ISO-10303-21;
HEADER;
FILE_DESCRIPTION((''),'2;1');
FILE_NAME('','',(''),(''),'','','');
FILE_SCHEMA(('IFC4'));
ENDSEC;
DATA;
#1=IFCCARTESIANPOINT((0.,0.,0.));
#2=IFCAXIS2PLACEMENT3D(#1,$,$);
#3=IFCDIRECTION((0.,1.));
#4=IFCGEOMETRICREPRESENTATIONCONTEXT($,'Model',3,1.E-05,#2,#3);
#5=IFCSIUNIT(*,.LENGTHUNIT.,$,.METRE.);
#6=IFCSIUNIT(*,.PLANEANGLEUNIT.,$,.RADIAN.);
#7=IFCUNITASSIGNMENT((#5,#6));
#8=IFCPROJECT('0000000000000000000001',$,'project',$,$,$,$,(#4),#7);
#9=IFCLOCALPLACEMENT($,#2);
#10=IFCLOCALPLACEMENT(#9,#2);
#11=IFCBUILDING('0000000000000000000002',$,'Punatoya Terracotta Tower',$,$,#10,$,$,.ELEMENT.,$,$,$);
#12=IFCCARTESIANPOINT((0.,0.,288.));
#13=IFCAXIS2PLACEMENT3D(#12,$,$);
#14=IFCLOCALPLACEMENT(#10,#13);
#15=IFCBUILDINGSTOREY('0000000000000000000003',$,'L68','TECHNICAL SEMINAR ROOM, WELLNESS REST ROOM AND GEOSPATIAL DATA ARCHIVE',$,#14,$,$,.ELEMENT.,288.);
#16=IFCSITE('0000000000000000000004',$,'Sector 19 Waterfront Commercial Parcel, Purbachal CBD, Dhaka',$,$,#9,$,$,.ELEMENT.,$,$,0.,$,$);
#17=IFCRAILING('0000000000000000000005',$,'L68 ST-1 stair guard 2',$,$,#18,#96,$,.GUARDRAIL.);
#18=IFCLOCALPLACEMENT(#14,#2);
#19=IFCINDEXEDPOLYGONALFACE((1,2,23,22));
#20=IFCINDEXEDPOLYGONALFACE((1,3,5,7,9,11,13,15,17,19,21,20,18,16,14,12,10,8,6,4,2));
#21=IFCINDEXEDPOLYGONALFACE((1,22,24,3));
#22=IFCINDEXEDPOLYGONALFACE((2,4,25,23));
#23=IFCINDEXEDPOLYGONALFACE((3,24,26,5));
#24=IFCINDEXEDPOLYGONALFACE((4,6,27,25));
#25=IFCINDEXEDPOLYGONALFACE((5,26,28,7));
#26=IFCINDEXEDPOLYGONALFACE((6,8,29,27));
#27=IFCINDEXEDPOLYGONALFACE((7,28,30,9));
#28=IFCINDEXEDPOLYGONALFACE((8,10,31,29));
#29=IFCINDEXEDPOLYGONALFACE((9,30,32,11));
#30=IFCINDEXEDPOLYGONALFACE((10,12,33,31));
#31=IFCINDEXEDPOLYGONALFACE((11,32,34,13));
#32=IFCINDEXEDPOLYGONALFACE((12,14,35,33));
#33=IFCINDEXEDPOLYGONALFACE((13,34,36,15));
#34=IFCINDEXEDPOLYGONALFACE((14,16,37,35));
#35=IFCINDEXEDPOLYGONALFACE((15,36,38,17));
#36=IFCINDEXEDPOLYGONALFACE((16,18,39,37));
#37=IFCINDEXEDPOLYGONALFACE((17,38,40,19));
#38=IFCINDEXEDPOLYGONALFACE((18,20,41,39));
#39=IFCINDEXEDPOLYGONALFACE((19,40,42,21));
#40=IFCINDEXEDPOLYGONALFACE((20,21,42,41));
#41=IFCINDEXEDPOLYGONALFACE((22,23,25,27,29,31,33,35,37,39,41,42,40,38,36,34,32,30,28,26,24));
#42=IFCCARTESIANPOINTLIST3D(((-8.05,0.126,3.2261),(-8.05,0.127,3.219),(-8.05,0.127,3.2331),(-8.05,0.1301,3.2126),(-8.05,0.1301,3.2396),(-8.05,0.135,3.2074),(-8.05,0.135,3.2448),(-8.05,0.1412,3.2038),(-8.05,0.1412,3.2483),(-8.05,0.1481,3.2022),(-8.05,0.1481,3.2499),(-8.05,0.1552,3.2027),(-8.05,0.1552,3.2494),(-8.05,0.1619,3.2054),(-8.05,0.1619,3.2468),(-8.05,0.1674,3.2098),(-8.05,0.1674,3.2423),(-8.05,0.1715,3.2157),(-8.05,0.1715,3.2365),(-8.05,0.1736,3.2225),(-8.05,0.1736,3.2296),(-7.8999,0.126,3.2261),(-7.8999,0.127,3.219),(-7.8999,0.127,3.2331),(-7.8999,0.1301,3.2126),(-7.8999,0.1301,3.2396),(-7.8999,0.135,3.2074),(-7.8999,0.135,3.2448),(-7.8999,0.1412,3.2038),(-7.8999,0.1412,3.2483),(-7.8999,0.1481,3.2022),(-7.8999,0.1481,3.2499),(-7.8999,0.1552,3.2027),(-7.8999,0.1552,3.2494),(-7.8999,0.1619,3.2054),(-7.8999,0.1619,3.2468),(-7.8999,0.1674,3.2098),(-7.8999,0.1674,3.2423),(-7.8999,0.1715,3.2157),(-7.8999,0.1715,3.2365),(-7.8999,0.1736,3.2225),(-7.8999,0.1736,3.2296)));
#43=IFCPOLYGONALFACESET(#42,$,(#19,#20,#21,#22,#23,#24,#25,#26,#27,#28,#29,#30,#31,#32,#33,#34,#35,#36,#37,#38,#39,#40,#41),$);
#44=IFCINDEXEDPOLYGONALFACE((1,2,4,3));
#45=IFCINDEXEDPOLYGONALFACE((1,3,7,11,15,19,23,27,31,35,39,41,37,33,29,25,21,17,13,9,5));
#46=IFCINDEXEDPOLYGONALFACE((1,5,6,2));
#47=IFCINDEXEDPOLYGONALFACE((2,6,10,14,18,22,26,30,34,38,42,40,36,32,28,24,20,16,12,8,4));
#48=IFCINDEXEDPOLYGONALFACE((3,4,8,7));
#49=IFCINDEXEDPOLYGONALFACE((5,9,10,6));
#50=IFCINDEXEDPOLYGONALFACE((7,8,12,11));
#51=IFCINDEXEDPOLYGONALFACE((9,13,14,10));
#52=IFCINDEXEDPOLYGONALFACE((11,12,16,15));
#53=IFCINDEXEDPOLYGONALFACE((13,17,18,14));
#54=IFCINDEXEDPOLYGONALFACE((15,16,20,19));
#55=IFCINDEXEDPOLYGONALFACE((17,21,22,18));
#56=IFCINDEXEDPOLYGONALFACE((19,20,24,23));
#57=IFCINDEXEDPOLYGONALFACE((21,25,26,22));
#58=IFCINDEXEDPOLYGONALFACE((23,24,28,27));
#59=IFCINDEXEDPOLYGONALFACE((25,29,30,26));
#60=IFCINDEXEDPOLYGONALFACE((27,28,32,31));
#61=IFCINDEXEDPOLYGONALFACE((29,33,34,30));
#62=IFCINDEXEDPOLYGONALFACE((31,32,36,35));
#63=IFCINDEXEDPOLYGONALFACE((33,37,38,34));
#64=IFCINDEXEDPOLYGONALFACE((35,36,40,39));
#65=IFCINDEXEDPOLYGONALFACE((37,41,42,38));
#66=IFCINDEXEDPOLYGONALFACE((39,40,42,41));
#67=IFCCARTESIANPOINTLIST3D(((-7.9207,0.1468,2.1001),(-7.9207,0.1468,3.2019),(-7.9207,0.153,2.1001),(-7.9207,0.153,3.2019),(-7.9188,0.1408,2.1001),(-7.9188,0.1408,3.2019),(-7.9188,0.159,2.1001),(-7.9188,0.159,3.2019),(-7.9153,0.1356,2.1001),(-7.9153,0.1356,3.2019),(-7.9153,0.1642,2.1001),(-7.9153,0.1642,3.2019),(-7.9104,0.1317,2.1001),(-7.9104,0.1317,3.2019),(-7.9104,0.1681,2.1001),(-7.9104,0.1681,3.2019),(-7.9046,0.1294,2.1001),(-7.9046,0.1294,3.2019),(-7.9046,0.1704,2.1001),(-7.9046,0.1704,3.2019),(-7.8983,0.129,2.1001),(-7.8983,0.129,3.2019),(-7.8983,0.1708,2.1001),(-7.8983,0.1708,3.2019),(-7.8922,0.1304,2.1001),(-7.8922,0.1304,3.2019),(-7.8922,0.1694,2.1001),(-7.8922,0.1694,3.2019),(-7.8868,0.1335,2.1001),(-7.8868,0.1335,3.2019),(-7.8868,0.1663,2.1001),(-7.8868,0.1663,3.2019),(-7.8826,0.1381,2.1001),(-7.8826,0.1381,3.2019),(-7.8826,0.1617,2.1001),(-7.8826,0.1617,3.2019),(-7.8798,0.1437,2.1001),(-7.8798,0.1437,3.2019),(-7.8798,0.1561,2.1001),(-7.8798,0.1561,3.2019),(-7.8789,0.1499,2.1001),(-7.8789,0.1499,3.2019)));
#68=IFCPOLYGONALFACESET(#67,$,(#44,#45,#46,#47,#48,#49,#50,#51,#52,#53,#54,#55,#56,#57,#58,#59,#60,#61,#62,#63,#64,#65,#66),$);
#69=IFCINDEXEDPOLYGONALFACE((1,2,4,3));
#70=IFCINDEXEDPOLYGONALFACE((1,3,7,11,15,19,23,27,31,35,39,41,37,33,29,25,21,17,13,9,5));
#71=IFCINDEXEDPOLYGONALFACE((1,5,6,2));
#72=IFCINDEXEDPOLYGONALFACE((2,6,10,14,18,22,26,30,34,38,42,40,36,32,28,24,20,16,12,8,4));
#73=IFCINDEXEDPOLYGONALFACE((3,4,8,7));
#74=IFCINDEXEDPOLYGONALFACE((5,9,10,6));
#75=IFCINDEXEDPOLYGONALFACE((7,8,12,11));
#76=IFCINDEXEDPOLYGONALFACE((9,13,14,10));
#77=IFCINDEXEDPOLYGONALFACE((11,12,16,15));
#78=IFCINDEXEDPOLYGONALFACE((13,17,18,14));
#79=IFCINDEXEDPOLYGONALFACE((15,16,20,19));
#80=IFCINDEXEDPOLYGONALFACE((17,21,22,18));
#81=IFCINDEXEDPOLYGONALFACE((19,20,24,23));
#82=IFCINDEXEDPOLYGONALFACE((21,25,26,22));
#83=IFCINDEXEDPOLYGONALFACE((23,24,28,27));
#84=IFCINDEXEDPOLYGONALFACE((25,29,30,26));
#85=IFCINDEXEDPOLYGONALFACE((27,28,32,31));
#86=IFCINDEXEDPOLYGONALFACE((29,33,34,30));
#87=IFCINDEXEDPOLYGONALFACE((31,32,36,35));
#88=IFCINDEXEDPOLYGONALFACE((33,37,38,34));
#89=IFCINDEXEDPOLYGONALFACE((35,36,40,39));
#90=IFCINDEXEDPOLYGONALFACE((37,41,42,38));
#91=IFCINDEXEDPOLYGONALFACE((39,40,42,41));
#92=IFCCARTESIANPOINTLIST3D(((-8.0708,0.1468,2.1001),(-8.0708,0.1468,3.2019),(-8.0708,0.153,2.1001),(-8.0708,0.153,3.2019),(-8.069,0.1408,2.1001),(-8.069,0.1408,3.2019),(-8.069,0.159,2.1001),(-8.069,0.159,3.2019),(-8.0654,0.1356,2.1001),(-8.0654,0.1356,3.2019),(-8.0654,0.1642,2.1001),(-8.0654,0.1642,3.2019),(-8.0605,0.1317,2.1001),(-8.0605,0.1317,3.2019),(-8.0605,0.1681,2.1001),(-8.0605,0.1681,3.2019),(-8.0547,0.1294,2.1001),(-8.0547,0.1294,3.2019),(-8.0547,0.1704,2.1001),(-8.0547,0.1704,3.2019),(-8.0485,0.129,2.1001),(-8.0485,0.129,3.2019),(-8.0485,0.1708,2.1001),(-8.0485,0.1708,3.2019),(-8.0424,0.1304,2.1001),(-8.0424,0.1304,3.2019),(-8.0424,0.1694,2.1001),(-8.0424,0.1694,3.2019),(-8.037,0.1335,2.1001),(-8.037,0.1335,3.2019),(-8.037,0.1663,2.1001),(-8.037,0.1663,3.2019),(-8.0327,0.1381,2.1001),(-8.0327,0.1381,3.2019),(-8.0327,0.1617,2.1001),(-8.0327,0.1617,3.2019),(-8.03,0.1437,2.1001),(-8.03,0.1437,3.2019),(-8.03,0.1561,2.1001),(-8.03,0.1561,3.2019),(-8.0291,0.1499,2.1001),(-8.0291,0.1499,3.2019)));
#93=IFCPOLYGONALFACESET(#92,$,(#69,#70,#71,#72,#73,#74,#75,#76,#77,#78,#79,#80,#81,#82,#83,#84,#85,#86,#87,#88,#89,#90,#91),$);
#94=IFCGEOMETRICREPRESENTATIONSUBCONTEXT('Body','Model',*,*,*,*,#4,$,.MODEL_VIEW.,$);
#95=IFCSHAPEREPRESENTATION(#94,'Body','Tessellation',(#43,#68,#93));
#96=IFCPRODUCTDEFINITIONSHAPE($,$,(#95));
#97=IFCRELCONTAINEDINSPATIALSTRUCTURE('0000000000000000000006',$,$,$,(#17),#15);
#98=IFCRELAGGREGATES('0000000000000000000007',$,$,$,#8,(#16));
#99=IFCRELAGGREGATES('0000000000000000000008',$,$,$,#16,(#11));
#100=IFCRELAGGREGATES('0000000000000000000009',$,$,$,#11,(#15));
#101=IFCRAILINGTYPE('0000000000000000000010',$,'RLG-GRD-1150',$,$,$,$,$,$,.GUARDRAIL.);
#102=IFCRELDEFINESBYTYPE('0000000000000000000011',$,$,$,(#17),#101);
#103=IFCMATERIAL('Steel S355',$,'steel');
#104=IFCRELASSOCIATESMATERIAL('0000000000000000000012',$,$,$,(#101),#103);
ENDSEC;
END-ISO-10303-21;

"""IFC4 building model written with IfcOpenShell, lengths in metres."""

from ifc_helpers import new_model, si_unit, direction, frame, origin, origin_2d, place, context, subcontext, project, spatial, circle, extrude, material, type_object, element, save


model = new_model("IFC4")

# Units and contexts
model_context = context("Model", 3, precision=1e-05, world=origin(), true_north=direction((0.0, 1.0)))
body_context = subcontext(model_context, "Body", "Model", "MODEL_VIEW")
ifc_project = project(units=[si_unit("LENGTHUNIT", "METRE"), si_unit("PLANEANGLEUNIT", "RADIAN")], contexts=[model_context])

# Site, building, storey
site_placement = place(None, origin())
site = spatial("IfcSite", under=ifc_project, at=site_placement, Name="Sector 19 Waterfront Commercial Parcel, Purbachal CBD, Dhaka", CompositionType="ELEMENT", RefElevation=0.0)
building_placement = place(site_placement, origin())
building = spatial("IfcBuilding", under=site, at=building_placement, Name="Punatoya Terracotta Tower", CompositionType="ELEMENT")
storey_placement = place(building_placement, frame((0.0, 0.0, 288.0)))
storey = spatial("IfcBuildingStorey", under=building, at=storey_placement, Name="L68", Description="TECHNICAL SEMINAR ROOM, WELLNESS REST ROOM AND GEOSPATIAL DATA ARCHIVE", CompositionType="ELEMENT", Elevation=288.0)

# Shared definitions
ifc_material_1 = material(Name="Steel S355", Category="steel")

# Railing
railing_type_1 = type_object("IfcRailingType", Name="RLG-GRD-1150", PredefinedType="GUARDRAIL", material=ifc_material_1)
railing_1_placement = place(storey_placement, frame((-7.8999, 0.1499, 2.1001)))
element("IfcRailing", 1, at=railing_1_placement, inside=storey, type_object=railing_type_1, Name="L68 ST-1 stair guard 2", PredefinedType="GUARDRAIL", context=body_context, shape_type="SweptSolid", body=[
    extrude(circle(Radius=0.0239, at=origin_2d()), frame((0.0, 0.0, 1.126), z_axis=(-1.0, 0.0, 0.0), x_axis=(0.0, -1.0, 0.0)), (0.0, 0.0, 1.0), 0.1501),
    extrude(circle(Radius=0.021, at=origin_2d()), origin(), (0.0, 0.0, 1.0), 1.1018),
    extrude(circle(Radius=0.021, at=origin_2d()), frame((-0.1501, 0.0, 0.0)), (0.0, 0.0, 1.0), 1.1018),
])

save(model, "model.ifc")
